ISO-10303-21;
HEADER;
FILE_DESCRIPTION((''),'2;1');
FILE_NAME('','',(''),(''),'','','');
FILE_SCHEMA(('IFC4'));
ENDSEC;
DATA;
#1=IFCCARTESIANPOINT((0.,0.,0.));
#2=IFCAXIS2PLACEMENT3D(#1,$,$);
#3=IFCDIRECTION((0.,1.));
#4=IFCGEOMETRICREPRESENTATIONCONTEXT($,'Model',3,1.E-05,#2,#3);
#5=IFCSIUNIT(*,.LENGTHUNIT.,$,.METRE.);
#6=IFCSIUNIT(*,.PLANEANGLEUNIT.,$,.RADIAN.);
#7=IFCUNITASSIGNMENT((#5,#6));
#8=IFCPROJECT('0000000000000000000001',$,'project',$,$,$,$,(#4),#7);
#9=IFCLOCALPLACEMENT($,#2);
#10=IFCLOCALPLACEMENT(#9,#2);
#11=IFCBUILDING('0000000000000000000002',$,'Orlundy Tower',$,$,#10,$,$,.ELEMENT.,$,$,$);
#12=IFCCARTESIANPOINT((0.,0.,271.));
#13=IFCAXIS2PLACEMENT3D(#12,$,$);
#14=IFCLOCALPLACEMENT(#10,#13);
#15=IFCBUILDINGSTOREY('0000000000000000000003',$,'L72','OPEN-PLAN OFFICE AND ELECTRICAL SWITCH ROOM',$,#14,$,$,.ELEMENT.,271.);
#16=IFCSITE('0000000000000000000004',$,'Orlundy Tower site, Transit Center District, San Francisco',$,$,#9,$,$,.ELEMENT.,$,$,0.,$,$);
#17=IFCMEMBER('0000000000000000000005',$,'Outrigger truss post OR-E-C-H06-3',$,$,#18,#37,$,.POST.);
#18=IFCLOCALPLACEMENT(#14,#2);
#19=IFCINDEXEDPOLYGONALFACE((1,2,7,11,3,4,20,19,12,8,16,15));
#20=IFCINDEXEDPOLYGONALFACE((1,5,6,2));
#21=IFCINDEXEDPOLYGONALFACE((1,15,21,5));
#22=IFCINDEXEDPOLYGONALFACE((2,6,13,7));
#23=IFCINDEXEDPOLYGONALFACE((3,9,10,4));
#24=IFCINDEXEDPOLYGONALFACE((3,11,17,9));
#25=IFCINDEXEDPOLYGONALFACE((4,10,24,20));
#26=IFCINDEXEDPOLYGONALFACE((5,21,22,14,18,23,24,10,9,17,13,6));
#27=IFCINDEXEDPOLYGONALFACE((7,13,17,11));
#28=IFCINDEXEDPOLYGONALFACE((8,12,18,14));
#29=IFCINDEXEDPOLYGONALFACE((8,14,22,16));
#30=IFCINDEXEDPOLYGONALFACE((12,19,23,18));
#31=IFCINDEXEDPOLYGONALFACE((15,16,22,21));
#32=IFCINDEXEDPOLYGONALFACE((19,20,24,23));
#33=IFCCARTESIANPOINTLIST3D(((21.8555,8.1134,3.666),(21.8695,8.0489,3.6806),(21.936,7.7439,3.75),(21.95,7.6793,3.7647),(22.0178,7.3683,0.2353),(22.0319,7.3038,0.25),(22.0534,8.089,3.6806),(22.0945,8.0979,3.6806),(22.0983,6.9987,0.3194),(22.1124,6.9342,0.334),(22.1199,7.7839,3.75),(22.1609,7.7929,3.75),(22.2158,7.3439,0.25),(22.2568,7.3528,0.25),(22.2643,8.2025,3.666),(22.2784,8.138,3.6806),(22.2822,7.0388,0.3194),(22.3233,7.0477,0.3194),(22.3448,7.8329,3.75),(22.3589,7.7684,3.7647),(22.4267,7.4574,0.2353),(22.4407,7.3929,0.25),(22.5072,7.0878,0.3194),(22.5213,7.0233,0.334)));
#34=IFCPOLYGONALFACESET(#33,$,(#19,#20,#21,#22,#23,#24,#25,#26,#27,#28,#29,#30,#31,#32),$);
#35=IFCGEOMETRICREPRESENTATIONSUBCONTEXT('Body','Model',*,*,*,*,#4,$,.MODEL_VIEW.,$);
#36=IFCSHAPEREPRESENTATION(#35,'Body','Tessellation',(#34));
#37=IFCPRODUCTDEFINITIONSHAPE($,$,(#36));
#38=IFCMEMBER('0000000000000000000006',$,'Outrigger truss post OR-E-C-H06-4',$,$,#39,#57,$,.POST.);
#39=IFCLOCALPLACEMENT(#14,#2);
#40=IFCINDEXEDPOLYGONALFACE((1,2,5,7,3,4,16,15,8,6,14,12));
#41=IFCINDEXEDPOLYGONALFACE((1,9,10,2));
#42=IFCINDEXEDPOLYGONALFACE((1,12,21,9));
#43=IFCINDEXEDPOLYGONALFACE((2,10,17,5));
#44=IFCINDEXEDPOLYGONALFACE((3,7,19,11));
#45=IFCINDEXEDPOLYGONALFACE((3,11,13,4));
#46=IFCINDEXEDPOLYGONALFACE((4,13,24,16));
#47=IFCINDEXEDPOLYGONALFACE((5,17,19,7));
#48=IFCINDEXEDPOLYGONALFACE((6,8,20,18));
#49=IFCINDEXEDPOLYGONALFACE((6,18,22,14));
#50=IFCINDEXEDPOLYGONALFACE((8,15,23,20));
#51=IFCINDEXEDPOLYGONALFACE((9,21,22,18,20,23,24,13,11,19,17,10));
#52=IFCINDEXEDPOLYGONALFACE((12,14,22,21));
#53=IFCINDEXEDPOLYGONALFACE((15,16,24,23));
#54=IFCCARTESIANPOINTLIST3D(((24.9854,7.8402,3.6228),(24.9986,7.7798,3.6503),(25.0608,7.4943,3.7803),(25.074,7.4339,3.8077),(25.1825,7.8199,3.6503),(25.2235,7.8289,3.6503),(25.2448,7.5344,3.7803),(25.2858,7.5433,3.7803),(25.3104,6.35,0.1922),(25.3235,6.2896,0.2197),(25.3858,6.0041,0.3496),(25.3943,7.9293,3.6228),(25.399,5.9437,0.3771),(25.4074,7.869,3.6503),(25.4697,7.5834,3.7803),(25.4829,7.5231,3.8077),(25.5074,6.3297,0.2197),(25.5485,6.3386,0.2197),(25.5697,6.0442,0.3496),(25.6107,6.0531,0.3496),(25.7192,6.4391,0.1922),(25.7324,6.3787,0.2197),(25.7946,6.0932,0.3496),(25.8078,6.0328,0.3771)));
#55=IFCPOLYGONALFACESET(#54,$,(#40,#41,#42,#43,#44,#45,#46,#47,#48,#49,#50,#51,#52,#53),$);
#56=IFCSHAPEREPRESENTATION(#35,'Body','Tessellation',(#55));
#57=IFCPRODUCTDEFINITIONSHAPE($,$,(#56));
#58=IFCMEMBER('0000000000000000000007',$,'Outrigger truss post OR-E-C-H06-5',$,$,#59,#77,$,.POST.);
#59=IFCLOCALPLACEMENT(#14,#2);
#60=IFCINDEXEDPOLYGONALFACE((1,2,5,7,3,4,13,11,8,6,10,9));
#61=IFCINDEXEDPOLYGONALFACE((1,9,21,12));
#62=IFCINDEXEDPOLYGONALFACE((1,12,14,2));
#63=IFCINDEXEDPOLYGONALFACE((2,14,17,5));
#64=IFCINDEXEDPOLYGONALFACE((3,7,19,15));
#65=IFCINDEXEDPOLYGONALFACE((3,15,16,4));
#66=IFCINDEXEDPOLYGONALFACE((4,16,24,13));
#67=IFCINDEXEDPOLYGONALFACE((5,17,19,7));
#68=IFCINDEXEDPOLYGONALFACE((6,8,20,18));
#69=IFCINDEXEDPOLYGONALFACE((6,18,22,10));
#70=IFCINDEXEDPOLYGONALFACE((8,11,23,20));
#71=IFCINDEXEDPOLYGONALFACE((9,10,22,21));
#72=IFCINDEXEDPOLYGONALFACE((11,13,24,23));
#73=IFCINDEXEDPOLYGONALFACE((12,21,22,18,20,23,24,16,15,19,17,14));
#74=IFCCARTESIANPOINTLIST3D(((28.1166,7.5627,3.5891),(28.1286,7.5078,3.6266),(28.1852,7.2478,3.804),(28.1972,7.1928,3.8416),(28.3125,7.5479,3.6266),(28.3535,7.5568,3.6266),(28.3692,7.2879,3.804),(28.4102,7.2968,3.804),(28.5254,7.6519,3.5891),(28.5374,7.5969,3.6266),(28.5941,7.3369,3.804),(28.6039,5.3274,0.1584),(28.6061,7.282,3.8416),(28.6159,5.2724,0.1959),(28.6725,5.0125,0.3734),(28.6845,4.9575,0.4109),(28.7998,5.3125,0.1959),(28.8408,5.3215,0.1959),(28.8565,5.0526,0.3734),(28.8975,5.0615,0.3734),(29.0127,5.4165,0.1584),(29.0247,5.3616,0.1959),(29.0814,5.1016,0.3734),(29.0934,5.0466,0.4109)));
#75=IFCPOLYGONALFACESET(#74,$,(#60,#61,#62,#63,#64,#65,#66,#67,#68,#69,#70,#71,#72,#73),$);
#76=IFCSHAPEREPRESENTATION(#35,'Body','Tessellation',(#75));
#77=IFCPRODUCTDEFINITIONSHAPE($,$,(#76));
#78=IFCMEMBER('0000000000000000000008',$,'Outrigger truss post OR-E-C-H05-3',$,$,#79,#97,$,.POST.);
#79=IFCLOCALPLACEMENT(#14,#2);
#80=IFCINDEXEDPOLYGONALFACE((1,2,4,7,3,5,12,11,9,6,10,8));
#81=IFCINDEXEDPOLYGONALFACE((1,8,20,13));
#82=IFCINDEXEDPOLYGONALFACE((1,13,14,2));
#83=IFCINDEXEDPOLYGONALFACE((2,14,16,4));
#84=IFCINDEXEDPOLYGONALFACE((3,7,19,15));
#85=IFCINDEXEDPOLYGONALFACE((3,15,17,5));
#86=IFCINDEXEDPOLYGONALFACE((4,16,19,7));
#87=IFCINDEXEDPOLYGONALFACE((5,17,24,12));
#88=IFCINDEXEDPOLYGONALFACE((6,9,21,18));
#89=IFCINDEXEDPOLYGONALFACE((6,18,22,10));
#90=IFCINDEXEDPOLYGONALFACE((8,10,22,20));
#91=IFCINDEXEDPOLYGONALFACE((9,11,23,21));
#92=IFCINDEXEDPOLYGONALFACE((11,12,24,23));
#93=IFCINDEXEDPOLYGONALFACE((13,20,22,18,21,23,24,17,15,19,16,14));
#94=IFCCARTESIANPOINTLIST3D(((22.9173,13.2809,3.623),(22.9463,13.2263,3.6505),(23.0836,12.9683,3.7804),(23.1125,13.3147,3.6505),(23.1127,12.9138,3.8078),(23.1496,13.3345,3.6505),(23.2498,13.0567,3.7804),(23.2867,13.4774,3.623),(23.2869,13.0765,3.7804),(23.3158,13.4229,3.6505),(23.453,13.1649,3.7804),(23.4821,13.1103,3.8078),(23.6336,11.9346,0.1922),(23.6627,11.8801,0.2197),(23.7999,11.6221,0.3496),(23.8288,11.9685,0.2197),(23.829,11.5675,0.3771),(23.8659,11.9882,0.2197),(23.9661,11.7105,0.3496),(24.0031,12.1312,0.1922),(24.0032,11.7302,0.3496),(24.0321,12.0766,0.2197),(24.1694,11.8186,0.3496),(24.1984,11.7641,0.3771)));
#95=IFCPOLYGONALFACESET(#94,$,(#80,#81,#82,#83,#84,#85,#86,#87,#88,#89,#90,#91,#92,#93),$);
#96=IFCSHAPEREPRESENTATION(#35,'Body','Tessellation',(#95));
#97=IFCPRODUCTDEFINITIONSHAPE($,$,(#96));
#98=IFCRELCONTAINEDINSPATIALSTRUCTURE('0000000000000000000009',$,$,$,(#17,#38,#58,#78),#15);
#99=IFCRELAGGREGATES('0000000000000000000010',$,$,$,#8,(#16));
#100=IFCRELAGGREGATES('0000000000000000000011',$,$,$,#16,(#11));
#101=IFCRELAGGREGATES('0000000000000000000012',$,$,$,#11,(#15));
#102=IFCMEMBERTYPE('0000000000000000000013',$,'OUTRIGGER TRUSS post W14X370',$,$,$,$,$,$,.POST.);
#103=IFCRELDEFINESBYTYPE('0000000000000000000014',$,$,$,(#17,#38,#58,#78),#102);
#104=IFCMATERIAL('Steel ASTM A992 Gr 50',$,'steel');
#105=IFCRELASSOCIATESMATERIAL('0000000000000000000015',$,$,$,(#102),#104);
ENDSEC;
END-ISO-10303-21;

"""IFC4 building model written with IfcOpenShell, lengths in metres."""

from ifc_helpers import new_model, si_unit, direction, frame, origin, origin_2d, place, context, subcontext, project, spatial, i_section, extrude, material, material_profile, profile_set, type_object, element, save


model = new_model("IFC4")

# Units and contexts
model_context = context("Model", 3, precision=1e-05, world=origin(), true_north=direction((0.0, 1.0)))
body_context = subcontext(model_context, "Body", "Model", "MODEL_VIEW")
ifc_project = project(units=[si_unit("LENGTHUNIT", "METRE"), si_unit("PLANEANGLEUNIT", "RADIAN")], contexts=[model_context])

# Site, building, storey
site_placement = place(None, origin())
site = spatial("IfcSite", under=ifc_project, at=site_placement, Name="Orlundy Tower site, Transit Center District, San Francisco", CompositionType="ELEMENT", RefElevation=0.0)
building_placement = place(site_placement, origin())
building = spatial("IfcBuilding", under=site, at=building_placement, Name="Orlundy Tower", CompositionType="ELEMENT")
storey_placement = place(building_placement, frame((0.0, 0.0, 271.0)))
storey = spatial("IfcBuildingStorey", under=building, at=storey_placement, Name="L72", Description="OPEN-PLAN OFFICE AND ELECTRICAL SWITCH ROOM", CompositionType="ELEMENT", Elevation=271.0)

# Members
ifc_material_1 = material(Name="Steel ASTM A992 Gr 50", Category="steel")
ifc_material_profile_1 = material_profile(ifc_material_1, i_section(OverallWidth=0.4185, OverallDepth=0.4551, WebThickness=0.042, FlangeThickness=0.0676, at=origin_2d()), Name="W14X370")
ifc_profile_set_1 = profile_set([ifc_material_profile_1], Name="Steel ASTM A992 Gr 50")
member_type_1 = type_object("IfcMemberType", Name="OUTRIGGER TRUSS post W14X370", PredefinedType="POST", material=ifc_profile_set_1)
member_1_placement = place(storey_placement, frame((22.2695, 7.1958, 0.2847), z_axis=(-0.046197, 0.212018, 0.976173), x_axis=(-0.977075, -0.212895, 0.0)))
element("IfcMember", 1, at=member_1_placement, inside=storey, type_object=member_type_1, Name="Outrigger truss post OR-E-C-H06-3", PredefinedType="POST", context=body_context, shape_type="SweptSolid", body=[
    extrude(i_section(OverallWidth=0.4185, OverallDepth=0.4551, WebThickness=0.042, FlangeThickness=0.0676, at=origin_2d()), origin(), (0.0, 0.0, 1.0), 3.5144),
])
member_2_placement = place(storey_placement, frame((25.5591, 6.1914, 0.2847), z_axis=(-0.086551, 0.396925, 0.913761), x_axis=(-0.977042, -0.213048, 0.0)))
element("IfcMember", 2, at=member_2_placement, inside=storey, type_object=member_type_1, Name="Outrigger truss post OR-E-C-H06-4", PredefinedType="POST", context=body_context, shape_type="SweptSolid", body=[
    extrude(i_section(OverallWidth=0.4185, OverallDepth=0.4551, WebThickness=0.042, FlangeThickness=0.0676, at=origin_2d()), origin(), (0.0, 0.0, 1.0), 3.7544),
])
member_3_placement = place(storey_placement, frame((28.8486, 5.187, 0.2847), z_axis=(-0.118176, 0.542093, 0.831967), x_axis=(-0.977053, -0.212997, 0.0)))
element("IfcMember", 3, at=member_3_placement, inside=storey, type_object=member_type_1, Name="Outrigger truss post OR-E-C-H06-5", PredefinedType="POST", context=body_context, shape_type="SweptSolid", body=[
    extrude(i_section(OverallWidth=0.4185, OverallDepth=0.4551, WebThickness=0.042, FlangeThickness=0.0676, at=origin_2d()), origin(), (0.0, 0.0, 1.0), 4.1235),
])
member_4_placement = place(storey_placement, frame((23.916, 11.8494, 0.2847), z_axis=(-0.190797, 0.358573, 0.913795), x_axis=(-0.882805, -0.46974, 0.0)))
element("IfcMember", 4, at=member_4_placement, inside=storey, type_object=member_type_1, Name="Outrigger truss post OR-E-C-H05-3", PredefinedType="POST", context=body_context, shape_type="SweptSolid", body=[
    extrude(i_section(OverallWidth=0.4185, OverallDepth=0.4551, WebThickness=0.042, FlangeThickness=0.0676, at=origin_2d()), origin(), (0.0, 0.0, 1.0), 3.7544),
])

save(model, "model.ifc")
